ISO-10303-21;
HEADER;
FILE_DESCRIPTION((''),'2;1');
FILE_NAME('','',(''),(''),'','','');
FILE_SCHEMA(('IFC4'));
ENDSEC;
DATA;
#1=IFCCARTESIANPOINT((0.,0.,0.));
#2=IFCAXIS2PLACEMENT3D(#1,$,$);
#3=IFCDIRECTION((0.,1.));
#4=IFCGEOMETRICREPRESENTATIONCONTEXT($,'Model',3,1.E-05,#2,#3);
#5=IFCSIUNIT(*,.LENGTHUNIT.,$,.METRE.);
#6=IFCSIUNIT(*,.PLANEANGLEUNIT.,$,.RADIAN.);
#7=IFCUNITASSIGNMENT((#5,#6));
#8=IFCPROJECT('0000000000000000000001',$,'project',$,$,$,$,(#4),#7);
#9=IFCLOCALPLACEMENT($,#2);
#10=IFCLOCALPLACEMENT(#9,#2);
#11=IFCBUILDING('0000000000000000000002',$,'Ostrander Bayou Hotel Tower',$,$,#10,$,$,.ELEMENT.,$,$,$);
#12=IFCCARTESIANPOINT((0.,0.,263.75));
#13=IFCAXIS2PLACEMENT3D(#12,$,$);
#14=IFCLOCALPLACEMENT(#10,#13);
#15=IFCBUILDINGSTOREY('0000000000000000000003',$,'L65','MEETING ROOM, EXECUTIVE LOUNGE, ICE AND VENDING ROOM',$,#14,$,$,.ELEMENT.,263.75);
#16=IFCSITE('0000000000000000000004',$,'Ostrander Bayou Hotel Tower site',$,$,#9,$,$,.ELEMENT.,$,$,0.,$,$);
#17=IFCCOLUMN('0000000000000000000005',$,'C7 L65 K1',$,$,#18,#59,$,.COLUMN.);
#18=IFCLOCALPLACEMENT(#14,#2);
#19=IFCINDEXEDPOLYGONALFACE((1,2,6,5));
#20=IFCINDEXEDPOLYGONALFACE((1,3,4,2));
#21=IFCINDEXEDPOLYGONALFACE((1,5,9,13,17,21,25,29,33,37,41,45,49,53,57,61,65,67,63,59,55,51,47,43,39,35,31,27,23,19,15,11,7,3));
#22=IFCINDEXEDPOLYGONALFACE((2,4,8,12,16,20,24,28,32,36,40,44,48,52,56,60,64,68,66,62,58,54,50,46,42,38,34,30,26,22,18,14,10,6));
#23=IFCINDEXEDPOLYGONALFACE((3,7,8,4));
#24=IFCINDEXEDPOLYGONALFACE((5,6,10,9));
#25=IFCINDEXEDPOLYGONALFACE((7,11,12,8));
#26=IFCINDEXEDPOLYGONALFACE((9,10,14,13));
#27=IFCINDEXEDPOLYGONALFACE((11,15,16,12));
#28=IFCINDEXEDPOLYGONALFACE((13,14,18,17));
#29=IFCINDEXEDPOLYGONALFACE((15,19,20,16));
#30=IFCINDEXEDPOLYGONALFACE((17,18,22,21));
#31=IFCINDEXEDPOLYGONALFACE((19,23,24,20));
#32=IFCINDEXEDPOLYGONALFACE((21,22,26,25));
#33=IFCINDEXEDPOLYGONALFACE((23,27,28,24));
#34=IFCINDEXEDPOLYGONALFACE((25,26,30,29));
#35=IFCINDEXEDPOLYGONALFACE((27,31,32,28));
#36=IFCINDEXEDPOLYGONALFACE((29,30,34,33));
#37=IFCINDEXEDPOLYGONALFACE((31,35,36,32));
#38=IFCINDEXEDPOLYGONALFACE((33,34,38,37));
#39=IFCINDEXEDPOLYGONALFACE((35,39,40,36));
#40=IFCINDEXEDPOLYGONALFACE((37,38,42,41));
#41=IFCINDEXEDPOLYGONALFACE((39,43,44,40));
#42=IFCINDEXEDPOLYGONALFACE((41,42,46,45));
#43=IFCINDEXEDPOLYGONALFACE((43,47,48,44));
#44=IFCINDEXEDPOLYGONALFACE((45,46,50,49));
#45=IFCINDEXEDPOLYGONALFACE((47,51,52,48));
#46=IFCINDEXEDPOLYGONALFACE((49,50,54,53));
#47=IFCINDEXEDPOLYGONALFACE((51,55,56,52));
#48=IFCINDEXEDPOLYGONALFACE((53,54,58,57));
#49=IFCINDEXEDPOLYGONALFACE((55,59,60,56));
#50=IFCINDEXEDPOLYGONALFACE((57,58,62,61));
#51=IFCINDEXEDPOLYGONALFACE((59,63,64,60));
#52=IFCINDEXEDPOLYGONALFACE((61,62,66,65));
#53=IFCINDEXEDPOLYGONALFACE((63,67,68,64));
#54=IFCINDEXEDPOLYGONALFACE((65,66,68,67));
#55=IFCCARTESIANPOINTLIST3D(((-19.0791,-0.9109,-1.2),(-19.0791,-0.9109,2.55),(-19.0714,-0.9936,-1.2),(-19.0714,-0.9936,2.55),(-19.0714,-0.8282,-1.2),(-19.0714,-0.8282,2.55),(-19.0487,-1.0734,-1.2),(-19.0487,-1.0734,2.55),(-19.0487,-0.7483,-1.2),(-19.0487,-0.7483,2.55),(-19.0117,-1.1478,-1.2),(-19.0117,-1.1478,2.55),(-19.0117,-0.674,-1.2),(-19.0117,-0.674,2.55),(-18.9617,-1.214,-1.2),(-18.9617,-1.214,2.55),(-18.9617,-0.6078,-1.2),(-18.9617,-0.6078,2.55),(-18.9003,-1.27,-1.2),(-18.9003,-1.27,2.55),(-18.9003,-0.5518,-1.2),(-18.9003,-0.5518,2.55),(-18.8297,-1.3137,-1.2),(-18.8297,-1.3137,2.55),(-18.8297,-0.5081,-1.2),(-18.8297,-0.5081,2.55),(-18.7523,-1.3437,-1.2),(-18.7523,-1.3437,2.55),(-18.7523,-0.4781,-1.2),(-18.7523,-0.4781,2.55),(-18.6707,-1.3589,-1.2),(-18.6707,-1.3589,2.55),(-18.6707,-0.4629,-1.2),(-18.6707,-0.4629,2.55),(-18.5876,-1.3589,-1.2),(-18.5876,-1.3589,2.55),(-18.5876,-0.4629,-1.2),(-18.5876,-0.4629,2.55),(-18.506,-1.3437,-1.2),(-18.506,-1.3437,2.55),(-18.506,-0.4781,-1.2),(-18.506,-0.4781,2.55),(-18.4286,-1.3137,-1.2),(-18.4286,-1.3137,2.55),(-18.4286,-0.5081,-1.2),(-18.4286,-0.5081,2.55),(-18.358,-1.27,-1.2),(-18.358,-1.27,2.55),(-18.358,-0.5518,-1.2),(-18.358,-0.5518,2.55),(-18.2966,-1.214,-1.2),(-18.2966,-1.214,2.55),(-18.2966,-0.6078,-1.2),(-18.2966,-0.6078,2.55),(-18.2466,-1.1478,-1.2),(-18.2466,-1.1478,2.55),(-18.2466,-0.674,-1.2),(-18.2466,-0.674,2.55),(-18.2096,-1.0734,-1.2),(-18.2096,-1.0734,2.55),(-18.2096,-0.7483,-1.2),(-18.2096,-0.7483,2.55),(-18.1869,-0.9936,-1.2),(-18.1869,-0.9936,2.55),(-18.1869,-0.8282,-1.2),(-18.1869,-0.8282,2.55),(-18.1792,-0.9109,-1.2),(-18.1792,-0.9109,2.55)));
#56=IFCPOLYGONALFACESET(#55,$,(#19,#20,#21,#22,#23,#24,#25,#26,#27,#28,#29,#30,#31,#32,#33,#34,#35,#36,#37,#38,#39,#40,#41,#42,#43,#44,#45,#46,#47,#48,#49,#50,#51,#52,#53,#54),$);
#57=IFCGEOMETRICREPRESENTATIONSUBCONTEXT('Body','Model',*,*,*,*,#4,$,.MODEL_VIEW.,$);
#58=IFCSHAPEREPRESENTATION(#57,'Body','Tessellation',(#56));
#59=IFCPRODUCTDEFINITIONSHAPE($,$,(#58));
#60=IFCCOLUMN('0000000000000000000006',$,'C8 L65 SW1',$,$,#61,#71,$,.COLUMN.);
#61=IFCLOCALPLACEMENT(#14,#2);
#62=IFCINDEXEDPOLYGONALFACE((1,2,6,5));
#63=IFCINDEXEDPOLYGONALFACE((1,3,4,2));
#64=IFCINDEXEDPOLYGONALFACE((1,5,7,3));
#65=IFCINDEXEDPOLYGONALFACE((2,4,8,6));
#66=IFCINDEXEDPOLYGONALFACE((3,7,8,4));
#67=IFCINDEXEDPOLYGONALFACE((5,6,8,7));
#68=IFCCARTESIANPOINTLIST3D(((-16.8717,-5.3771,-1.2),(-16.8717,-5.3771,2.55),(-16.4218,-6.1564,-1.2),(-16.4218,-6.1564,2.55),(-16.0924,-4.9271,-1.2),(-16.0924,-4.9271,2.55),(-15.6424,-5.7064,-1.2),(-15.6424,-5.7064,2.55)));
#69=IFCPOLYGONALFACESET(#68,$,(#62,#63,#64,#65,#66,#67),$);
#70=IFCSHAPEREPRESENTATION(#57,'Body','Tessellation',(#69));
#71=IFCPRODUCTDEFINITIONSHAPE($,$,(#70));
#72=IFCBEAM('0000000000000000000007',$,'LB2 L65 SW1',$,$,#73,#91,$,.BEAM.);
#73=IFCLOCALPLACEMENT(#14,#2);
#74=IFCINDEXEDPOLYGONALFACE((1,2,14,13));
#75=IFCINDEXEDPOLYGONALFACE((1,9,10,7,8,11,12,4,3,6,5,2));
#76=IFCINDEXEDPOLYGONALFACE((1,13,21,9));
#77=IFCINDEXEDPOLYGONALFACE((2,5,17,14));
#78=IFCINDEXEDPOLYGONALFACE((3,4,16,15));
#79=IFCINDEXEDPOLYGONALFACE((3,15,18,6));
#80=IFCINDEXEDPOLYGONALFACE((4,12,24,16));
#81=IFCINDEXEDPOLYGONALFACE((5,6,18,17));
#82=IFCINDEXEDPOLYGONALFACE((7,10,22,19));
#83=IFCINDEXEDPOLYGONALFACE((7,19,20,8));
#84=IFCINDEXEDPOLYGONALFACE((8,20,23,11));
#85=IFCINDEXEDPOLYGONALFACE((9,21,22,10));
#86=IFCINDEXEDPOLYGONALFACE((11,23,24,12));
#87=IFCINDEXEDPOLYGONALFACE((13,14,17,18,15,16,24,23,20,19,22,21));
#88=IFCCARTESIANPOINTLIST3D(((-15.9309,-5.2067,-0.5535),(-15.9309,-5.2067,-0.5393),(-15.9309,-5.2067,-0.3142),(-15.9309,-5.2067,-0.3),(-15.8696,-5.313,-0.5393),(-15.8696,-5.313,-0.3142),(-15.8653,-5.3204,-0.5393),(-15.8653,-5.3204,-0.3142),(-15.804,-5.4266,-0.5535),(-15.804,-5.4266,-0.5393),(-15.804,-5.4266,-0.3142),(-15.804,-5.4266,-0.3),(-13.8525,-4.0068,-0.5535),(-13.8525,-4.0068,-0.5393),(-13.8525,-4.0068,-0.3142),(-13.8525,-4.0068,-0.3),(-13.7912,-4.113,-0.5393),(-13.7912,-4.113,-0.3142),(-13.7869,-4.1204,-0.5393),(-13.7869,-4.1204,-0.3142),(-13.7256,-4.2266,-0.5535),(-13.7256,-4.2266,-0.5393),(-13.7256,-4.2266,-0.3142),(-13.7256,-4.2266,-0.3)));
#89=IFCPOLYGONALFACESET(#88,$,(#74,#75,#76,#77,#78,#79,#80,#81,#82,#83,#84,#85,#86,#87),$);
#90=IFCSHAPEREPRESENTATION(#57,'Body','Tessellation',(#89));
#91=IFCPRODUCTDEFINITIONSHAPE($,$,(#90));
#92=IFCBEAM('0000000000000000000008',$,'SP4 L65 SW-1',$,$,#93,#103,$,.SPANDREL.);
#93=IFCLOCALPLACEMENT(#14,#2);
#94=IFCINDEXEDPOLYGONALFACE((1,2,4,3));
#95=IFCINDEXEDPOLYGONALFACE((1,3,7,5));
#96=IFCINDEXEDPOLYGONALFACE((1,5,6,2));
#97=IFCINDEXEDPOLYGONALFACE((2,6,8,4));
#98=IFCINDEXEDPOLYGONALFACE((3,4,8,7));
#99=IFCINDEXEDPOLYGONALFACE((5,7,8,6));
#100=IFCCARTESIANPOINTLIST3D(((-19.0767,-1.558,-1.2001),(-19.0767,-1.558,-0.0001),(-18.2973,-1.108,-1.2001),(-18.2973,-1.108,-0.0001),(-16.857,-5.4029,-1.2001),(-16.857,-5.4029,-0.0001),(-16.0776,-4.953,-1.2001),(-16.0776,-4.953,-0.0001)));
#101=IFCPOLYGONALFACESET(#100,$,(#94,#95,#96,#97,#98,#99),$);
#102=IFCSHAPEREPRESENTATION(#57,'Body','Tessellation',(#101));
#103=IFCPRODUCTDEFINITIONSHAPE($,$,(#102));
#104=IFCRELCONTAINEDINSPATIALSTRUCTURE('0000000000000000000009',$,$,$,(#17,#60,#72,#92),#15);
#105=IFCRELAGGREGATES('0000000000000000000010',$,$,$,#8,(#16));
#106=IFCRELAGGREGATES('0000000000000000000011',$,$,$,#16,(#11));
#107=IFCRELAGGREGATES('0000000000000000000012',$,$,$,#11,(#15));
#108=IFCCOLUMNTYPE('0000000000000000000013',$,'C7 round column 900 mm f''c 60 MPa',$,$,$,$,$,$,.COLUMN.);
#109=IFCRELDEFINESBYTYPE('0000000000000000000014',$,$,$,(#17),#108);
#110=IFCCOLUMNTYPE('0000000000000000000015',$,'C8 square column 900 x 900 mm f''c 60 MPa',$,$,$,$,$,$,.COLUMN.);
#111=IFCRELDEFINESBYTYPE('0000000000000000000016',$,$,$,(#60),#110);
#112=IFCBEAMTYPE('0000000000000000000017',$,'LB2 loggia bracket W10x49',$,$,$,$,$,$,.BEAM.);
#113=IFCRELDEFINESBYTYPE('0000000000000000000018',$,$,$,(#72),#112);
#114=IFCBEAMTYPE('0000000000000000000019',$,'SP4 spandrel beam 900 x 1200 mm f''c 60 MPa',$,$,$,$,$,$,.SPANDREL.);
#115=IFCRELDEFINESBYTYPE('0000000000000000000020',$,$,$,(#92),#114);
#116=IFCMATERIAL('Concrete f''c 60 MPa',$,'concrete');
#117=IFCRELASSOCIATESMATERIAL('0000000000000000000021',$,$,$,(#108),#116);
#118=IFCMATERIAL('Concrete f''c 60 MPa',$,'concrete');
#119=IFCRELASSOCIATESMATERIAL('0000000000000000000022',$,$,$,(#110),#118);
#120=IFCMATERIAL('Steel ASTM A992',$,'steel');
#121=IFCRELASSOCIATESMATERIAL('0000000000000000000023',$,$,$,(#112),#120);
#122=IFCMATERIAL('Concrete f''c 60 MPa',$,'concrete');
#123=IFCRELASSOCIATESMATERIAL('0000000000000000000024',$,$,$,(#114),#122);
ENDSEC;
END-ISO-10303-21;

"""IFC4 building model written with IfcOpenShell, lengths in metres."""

from ifc_helpers import new_model, si_unit, direction, frame, origin, origin_2d, place, context, subcontext, project, spatial, rectangle, circle, i_section, extrude, material, material_profile, profile_set, type_object, element, save


model = new_model("IFC4")

# Units and contexts
model_context = context("Model", 3, precision=1e-05, world=origin(), true_north=direction((0.0, 1.0)))
body_context = subcontext(model_context, "Body", "Model", "MODEL_VIEW")
ifc_project = project(units=[si_unit("LENGTHUNIT", "METRE"), si_unit("PLANEANGLEUNIT", "RADIAN")], contexts=[model_context])

# Site, building, storey
site_placement = place(None, origin())
site = spatial("IfcSite", under=ifc_project, at=site_placement, Name="Ostrander Bayou Hotel Tower site", CompositionType="ELEMENT", RefElevation=0.0)
building_placement = place(site_placement, origin())
building = spatial("IfcBuilding", under=site, at=building_placement, Name="Ostrander Bayou Hotel Tower", CompositionType="ELEMENT")
storey_placement = place(building_placement, frame((0.0, 0.0, 263.75)))
storey = spatial("IfcBuildingStorey", under=building, at=storey_placement, Name="L65", Description="MEETING ROOM, EXECUTIVE LOUNGE, ICE AND VENDING ROOM", CompositionType="ELEMENT", Elevation=263.75)

# Columns
ifc_material_1 = material(Name="Concrete f'c 60 MPa", Category="concrete")
ifc_material_profile_1 = material_profile(ifc_material_1, circle(Radius=0.45, at=origin_2d()))
ifc_profile_set_1 = profile_set([ifc_material_profile_1], Name="Concrete f'c 60 MPa")
column_type_1 = type_object("IfcColumnType", Name="C7 round column 900 mm f'c 60 MPa", PredefinedType="COLUMN", material=ifc_profile_set_1)
column_1_placement = place(storey_placement, frame((-18.6292, -0.9109, -1.2), z_axis=(0.0, 0.0, 1.0), x_axis=(1.0, 0.0, 0.0)))
element("IfcColumn", 1, at=column_1_placement, inside=storey, type_object=column_type_1, Name="C7 L65 K1", PredefinedType="COLUMN", context=body_context, shape_type="SweptSolid", body=[
    extrude(circle(Radius=0.45, at=origin_2d()), origin(), (0.0, 0.0, 1.0), 3.75),
])
ifc_material_2 = material(Name="Concrete f'c 60 MPa", Category="concrete")
ifc_material_profile_2 = material_profile(ifc_material_2, rectangle(XDim=0.8999, YDim=0.8999, at=origin_2d()))
ifc_profile_set_2 = profile_set([ifc_material_profile_2], Name="Concrete f'c 60 MPa")
column_type_2 = type_object("IfcColumnType", Name="C8 square column 900 x 900 mm f'c 60 MPa", PredefinedType="COLUMN", material=ifc_profile_set_2)
column_2_placement = place(storey_placement, frame((-16.2571, -5.5417, -1.2), z_axis=(0.0, 0.0, 1.0), x_axis=(-0.5, 0.866025, 0.0)))
element("IfcColumn", 2, at=column_2_placement, inside=storey, type_object=column_type_2, Name="C8 L65 SW1", PredefinedType="COLUMN", context=body_context, shape_type="SweptSolid", body=[
    extrude(rectangle(XDim=0.8999, YDim=0.8999, at=origin_2d()), origin(), (0.0, 0.0, 1.0), 3.75),
])

# Beams
ifc_material_3 = material(Name="Steel ASTM A992", Category="steel")
ifc_material_profile_3 = material_profile(ifc_material_3, i_section(OverallWidth=0.2539, OverallDepth=0.2534, WebThickness=0.0085, FlangeThickness=0.0142, at=origin_2d()))
ifc_profile_set_3 = profile_set([ifc_material_profile_3], Name="Steel ASTM A992")
beam_type_1 = type_object("IfcBeamType", Name="LB2 loggia bracket W10x49", PredefinedType="BEAM", material=ifc_profile_set_3)
beam_1_placement = place(storey_placement, frame((-15.8674, -5.3167, -0.4268), z_axis=(0.866025, 0.500001, 0.0), x_axis=(-0.500001, 0.866025, 0.0)))
element("IfcBeam", 3, at=beam_1_placement, inside=storey, type_object=beam_type_1, Name="LB2 L65 SW1", PredefinedType="BEAM", context=body_context, shape_type="SweptSolid", body=[
    extrude(i_section(OverallWidth=0.2539, OverallDepth=0.2534, WebThickness=0.0085, FlangeThickness=0.0142, at=origin_2d()), origin(), (0.0, 0.0, 1.0), 2.3999),
])
ifc_material_4 = material(Name="Concrete f'c 60 MPa", Category="concrete")
ifc_material_profile_4 = material_profile(ifc_material_4, rectangle(XDim=0.8999, YDim=1.2, at=origin_2d()))
ifc_profile_set_4 = profile_set([ifc_material_profile_4], Name="Concrete f'c 60 MPa")
beam_type_2 = type_object("IfcBeamType", Name="SP4 spandrel beam 900 x 1200 mm f'c 60 MPa", PredefinedType="SPANDREL", material=ifc_profile_set_4)
beam_2_placement = place(storey_placement, frame((-18.687, -1.333, -0.6001), z_axis=(0.499972, -0.866042, 0.0), x_axis=(0.866042, 0.499972, 0.0)))
element("IfcBeam", 4, at=beam_2_placement, inside=storey, type_object=beam_type_2, Name="SP4 L65 SW-1", PredefinedType="SPANDREL", context=body_context, shape_type="SweptSolid", body=[
    extrude(rectangle(XDim=0.8999, YDim=1.2, at=origin_2d()), origin(), (0.0, 0.0, 1.0), 4.4397),
])

save(model, "model.ifc")
